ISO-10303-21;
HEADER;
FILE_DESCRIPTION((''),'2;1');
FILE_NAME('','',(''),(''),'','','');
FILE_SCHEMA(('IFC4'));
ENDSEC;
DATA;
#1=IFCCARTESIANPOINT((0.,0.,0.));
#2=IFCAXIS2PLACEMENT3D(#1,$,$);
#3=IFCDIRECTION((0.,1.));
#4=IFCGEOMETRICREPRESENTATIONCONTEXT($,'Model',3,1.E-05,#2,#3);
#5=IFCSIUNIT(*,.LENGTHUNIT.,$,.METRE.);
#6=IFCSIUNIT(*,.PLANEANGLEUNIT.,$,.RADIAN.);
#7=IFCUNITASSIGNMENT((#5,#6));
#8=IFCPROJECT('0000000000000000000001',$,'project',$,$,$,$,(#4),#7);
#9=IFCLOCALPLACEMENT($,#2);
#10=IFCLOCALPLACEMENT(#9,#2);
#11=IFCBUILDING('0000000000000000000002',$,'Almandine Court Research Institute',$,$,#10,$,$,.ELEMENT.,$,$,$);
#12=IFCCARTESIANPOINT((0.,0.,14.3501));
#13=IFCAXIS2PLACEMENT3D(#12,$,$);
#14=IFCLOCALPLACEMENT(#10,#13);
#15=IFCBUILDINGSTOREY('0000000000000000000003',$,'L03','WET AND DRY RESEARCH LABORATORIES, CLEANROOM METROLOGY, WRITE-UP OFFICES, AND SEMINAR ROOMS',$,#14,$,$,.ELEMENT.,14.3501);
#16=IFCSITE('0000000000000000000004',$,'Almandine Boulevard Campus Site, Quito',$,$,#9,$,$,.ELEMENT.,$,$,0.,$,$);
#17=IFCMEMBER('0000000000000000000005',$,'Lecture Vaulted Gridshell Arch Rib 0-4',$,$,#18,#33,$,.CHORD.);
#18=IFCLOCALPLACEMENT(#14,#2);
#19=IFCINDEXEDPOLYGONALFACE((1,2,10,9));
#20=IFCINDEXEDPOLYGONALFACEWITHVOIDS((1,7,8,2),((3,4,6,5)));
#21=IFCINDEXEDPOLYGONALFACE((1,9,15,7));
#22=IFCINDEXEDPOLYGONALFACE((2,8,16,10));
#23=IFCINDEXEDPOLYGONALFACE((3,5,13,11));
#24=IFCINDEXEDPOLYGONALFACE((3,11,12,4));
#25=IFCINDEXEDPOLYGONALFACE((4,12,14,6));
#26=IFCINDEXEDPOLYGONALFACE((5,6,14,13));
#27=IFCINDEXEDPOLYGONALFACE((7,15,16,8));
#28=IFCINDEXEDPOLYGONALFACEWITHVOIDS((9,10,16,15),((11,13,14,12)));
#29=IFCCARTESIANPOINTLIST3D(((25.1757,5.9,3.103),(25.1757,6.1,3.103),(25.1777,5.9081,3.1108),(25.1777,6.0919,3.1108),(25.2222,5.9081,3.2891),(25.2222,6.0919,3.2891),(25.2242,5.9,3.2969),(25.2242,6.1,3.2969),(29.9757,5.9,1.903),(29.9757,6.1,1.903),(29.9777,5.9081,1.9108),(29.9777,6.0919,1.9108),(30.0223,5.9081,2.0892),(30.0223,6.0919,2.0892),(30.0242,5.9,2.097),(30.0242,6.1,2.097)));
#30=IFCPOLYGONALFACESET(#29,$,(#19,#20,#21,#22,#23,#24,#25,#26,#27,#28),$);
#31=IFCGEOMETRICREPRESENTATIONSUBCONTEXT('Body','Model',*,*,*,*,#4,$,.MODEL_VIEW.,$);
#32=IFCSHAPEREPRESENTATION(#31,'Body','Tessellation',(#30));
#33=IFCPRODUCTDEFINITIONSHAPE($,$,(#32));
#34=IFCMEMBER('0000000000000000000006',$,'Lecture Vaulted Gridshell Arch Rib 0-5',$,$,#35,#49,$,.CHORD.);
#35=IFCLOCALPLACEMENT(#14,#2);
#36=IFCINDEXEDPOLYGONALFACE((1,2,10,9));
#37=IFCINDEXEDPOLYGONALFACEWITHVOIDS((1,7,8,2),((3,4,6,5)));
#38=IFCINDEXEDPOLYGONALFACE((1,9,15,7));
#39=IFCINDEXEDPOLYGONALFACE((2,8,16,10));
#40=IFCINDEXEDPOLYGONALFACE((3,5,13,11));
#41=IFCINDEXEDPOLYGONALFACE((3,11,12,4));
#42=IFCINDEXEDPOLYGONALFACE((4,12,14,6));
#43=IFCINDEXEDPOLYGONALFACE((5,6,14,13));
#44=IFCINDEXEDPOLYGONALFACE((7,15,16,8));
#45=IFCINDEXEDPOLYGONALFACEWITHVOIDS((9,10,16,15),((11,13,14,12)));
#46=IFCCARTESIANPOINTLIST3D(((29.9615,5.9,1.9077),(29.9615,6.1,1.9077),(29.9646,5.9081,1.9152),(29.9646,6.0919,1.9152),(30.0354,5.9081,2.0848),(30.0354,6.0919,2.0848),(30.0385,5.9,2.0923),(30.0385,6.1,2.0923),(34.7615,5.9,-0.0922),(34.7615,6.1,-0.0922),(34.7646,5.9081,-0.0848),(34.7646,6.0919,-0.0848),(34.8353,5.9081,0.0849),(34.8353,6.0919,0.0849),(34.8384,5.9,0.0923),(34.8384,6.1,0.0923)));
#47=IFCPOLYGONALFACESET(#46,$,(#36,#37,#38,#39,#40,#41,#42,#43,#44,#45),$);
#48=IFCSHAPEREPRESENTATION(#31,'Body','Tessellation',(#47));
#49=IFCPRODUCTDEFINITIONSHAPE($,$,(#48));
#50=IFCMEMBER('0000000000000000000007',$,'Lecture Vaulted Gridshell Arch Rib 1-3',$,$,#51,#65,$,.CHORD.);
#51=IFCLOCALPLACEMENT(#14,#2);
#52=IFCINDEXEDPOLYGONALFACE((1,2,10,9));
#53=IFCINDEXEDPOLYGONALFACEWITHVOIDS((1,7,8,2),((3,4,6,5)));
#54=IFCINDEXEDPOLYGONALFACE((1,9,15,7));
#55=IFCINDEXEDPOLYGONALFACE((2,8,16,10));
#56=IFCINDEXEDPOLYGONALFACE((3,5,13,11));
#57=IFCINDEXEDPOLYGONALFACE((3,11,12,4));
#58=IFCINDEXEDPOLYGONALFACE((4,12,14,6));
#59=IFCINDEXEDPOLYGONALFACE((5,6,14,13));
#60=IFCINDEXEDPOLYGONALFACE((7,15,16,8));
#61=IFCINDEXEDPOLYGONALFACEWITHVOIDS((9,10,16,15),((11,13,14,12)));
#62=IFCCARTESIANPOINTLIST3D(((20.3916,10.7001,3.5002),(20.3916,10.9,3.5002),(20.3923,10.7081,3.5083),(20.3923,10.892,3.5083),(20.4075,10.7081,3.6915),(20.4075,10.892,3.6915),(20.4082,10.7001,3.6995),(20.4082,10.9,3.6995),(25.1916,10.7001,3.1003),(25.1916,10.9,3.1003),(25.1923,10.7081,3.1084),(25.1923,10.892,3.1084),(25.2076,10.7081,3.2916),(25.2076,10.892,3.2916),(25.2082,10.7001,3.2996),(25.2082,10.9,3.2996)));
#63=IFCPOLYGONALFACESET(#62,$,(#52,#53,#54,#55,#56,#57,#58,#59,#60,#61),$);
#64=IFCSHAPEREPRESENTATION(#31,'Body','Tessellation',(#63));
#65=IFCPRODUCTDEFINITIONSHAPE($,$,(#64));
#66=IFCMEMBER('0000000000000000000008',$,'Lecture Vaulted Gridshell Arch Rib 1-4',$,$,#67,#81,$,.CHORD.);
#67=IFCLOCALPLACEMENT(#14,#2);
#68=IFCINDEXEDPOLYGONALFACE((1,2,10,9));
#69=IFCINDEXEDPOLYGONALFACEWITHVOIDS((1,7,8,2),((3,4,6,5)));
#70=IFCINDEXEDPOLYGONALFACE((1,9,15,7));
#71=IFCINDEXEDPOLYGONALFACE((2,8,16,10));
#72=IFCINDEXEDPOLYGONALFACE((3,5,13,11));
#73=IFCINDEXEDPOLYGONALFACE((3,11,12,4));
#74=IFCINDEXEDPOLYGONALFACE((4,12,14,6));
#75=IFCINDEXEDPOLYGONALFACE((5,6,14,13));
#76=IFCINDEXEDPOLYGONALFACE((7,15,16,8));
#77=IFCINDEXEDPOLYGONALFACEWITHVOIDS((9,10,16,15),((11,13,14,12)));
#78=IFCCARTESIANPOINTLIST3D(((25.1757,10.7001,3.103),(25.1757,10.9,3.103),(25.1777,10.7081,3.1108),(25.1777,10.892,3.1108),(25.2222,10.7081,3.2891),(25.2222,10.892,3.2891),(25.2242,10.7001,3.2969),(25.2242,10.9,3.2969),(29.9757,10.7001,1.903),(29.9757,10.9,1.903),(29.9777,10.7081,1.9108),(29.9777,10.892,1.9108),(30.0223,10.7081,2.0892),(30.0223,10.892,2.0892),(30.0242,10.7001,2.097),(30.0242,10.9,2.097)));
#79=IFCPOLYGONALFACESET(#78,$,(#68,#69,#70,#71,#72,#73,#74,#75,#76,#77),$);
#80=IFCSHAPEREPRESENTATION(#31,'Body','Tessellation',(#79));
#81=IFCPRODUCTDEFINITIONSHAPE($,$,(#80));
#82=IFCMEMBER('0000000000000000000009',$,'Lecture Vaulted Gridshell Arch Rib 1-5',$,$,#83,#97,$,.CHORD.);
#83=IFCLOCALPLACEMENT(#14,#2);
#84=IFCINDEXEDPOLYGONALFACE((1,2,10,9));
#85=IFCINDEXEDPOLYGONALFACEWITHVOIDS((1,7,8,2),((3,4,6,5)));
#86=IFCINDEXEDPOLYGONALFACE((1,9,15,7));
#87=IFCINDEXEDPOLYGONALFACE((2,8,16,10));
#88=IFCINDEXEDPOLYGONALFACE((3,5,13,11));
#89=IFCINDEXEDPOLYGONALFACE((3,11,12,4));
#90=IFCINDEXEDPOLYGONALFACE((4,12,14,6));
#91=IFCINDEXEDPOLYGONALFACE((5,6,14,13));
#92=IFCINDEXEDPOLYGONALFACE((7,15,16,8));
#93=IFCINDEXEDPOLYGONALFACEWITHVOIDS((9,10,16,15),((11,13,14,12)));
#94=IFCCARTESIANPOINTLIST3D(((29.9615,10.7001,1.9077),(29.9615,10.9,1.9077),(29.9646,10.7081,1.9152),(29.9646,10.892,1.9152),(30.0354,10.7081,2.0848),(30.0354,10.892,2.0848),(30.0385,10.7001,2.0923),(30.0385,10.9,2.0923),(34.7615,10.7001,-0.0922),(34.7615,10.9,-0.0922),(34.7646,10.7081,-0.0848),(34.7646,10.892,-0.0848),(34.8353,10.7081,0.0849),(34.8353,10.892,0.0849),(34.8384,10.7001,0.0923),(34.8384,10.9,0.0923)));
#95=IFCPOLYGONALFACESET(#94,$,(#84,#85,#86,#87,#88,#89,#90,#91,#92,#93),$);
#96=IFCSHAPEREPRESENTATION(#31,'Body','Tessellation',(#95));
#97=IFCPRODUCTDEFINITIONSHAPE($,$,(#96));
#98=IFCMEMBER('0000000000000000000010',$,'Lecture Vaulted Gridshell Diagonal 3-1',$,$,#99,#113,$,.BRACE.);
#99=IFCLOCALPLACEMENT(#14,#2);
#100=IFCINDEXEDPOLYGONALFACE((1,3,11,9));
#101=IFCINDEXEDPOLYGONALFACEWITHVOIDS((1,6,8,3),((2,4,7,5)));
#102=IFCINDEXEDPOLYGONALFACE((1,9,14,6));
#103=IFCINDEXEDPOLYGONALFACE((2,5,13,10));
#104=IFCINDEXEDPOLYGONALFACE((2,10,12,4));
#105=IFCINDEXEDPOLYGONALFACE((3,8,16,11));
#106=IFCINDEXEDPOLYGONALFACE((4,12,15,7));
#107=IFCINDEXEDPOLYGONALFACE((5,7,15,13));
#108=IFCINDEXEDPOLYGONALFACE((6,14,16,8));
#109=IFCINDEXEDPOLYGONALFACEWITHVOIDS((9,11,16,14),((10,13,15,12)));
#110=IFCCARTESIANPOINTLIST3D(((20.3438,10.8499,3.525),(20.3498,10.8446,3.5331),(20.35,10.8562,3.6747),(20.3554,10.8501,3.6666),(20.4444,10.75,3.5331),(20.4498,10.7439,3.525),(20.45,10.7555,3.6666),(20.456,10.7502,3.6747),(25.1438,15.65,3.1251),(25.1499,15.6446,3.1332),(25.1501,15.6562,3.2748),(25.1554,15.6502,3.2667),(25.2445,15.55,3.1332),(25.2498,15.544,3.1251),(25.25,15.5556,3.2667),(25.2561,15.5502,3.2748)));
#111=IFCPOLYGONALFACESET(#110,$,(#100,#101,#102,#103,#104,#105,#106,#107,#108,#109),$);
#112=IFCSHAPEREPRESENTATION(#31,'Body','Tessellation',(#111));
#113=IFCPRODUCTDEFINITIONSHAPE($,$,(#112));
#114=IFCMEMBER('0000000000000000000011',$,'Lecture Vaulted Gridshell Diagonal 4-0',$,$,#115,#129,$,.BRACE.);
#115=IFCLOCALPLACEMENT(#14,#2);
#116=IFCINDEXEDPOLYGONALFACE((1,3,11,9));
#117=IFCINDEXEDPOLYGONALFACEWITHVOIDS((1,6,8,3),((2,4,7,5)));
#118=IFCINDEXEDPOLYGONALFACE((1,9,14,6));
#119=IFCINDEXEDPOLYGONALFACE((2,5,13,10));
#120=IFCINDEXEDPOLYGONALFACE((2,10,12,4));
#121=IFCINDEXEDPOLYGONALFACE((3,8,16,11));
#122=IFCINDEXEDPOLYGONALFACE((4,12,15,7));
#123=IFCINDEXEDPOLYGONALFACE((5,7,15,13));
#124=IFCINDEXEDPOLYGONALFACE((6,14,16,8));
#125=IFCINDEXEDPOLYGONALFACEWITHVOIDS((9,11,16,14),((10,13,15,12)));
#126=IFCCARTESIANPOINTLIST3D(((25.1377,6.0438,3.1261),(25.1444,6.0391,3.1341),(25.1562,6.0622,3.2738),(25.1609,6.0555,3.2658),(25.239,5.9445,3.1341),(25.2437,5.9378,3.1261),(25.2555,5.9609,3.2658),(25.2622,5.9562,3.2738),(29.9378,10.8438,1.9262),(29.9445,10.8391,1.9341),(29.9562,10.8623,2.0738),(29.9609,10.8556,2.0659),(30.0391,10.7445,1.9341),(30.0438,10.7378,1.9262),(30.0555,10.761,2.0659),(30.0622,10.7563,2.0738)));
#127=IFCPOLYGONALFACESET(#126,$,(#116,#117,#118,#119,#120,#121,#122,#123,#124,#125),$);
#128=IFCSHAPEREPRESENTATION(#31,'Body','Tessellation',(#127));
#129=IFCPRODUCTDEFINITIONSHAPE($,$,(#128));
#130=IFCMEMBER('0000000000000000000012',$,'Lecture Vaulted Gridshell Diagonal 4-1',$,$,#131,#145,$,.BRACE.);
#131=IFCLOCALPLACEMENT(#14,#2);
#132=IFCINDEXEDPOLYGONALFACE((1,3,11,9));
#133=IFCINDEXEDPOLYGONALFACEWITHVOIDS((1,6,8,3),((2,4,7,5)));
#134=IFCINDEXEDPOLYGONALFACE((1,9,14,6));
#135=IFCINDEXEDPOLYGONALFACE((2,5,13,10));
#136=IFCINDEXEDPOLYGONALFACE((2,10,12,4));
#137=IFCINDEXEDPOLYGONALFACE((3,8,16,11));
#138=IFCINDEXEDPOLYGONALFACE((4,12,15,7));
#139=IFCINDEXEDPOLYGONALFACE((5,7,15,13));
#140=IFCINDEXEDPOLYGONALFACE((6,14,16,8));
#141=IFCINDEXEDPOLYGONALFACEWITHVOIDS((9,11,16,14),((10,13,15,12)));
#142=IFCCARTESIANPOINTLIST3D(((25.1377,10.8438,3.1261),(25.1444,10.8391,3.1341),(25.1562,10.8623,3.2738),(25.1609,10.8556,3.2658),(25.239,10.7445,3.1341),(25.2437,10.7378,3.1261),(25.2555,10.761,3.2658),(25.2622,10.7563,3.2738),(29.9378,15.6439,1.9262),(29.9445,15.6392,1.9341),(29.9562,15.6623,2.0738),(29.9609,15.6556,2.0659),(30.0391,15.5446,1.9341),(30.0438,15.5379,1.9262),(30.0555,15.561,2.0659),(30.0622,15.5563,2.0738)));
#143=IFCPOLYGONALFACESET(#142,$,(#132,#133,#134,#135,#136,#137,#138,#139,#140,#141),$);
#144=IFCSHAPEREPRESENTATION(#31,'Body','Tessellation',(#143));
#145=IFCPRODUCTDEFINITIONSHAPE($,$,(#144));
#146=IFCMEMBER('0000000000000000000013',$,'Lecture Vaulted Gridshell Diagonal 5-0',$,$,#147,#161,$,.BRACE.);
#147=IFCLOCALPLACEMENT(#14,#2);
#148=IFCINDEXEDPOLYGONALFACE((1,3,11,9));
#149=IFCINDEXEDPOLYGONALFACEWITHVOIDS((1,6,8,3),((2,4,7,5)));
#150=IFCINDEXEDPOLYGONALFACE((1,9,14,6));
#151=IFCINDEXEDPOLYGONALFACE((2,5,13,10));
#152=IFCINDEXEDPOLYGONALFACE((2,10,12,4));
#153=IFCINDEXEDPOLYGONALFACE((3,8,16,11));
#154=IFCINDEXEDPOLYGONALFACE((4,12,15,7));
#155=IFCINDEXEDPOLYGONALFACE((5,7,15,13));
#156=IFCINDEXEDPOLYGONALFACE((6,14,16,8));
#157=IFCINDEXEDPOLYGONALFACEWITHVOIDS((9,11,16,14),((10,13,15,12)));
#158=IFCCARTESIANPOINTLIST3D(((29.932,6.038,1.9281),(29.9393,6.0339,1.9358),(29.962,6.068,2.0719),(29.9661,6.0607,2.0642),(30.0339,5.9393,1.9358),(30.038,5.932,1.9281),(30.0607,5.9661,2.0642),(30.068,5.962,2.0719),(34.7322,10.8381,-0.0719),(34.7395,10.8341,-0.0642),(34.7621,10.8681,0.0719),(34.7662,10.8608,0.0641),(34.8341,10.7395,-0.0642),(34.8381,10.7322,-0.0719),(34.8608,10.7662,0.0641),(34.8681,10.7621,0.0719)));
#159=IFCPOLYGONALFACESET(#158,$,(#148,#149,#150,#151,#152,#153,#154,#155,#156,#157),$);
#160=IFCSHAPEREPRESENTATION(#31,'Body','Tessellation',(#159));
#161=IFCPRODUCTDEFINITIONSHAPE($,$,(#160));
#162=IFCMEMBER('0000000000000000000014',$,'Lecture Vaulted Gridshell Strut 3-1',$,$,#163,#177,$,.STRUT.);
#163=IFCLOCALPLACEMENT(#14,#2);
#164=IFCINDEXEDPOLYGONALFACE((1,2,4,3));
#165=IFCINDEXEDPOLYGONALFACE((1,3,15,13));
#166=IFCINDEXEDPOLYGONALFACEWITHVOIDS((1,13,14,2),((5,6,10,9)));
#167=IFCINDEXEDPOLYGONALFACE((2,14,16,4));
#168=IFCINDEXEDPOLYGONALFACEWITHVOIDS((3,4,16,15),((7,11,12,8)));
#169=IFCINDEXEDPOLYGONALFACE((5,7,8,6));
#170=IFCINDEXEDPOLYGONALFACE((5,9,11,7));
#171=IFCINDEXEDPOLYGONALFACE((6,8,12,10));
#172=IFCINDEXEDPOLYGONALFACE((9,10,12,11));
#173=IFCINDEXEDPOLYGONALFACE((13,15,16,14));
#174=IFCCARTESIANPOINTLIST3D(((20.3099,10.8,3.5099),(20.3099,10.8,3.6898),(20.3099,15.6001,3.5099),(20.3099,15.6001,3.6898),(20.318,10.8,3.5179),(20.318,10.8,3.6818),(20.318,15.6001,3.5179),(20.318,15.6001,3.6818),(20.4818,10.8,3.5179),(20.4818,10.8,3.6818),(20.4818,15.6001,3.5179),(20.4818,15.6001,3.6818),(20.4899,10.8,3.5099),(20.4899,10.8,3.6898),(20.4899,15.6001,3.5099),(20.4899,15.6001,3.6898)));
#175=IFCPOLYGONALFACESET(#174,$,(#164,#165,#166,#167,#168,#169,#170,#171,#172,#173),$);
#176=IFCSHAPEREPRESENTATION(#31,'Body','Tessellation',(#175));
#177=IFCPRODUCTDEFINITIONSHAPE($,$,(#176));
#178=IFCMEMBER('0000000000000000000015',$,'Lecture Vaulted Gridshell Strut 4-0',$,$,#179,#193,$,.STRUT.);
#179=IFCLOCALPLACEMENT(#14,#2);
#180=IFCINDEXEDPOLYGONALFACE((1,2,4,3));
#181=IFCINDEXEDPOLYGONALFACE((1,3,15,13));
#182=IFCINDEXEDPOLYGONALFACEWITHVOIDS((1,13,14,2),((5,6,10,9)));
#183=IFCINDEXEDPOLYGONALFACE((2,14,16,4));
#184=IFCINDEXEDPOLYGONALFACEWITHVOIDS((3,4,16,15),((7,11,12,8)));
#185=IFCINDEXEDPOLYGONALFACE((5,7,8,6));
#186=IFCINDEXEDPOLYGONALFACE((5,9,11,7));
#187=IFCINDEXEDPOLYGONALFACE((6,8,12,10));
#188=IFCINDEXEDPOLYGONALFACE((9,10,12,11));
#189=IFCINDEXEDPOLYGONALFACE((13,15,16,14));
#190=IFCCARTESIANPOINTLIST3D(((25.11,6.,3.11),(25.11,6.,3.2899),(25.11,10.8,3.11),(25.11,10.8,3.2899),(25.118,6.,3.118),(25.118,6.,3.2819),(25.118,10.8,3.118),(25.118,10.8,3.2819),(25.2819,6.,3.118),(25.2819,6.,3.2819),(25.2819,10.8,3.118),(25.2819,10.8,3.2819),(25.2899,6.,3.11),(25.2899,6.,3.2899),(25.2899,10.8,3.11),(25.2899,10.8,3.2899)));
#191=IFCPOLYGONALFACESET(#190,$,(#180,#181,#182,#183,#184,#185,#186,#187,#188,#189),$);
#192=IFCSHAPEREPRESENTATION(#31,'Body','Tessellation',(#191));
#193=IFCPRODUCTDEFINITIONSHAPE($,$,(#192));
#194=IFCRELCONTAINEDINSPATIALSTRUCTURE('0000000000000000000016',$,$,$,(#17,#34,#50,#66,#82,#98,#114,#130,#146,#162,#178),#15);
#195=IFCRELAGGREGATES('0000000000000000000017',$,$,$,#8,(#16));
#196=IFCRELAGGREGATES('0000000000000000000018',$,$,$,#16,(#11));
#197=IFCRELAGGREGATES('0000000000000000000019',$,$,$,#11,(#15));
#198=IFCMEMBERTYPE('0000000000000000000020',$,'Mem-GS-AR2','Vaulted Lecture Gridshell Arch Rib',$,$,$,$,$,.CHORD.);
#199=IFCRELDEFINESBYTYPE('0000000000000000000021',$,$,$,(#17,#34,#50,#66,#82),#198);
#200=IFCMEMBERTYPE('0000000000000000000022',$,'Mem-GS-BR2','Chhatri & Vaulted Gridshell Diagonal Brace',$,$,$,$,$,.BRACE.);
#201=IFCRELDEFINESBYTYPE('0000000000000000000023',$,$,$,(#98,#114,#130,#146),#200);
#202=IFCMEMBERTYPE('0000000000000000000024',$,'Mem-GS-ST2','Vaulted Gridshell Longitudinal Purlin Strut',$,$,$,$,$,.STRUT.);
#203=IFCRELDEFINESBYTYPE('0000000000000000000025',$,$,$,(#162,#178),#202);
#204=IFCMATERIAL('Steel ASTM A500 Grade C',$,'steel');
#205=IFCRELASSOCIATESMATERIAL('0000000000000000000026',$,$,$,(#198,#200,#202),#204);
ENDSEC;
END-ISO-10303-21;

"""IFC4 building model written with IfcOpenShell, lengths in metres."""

from ifc_helpers import new_model, si_unit, direction, frame, origin, origin_2d, place, context, subcontext, project, spatial, hollow_rectangle, extrude, material, material_profile, profile_set, type_object, element, save


model = new_model("IFC4")

# Units and contexts
model_context = context("Model", 3, precision=1e-05, world=origin(), true_north=direction((0.0, 1.0)))
body_context = subcontext(model_context, "Body", "Model", "MODEL_VIEW")
ifc_project = project(units=[si_unit("LENGTHUNIT", "METRE"), si_unit("PLANEANGLEUNIT", "RADIAN")], contexts=[model_context])

# Site, building, storey
site_placement = place(None, origin())
site = spatial("IfcSite", under=ifc_project, at=site_placement, Name="Almandine Boulevard Campus Site, Quito", CompositionType="ELEMENT", RefElevation=0.0)
building_placement = place(site_placement, origin())
building = spatial("IfcBuilding", under=site, at=building_placement, Name="Almandine Court Research Institute", CompositionType="ELEMENT")
storey_placement = place(building_placement, frame((0.0, 0.0, 14.3501)))
storey = spatial("IfcBuildingStorey", under=building, at=storey_placement, Name="L03", Description="WET AND DRY RESEARCH LABORATORIES, CLEANROOM METROLOGY, WRITE-UP OFFICES, AND SEMINAR ROOMS", CompositionType="ELEMENT", Elevation=14.3501)

# Members
ifc_material_1 = material(Name="Steel ASTM A500 Grade C", Category="steel")
ifc_material_profile_1 = material_profile(ifc_material_1, hollow_rectangle(XDim=0.2, YDim=0.2, WallThickness=0.0081, at=origin_2d()), Name="HSS 200x200x8")
ifc_profile_set_1 = profile_set([ifc_material_profile_1], Name="Steel ASTM A500 Grade C")
member_type_1 = type_object("IfcMemberType", Name="Mem-GS-AR2", Description="Vaulted Lecture Gridshell Arch Rib", PredefinedType="CHORD", material=ifc_profile_set_1)
member_1_placement = place(storey_placement, frame((25.2, 6.0, 3.2), z_axis=(0.970145, 0.0, -0.242524), x_axis=(0.0, 1.0, 0.0)))
element("IfcMember", 1, at=member_1_placement, inside=storey, type_object=member_type_1, Name="Lecture Vaulted Gridshell Arch Rib 0-4", PredefinedType="CHORD", context=body_context, shape_type="SweptSolid", body=[
    extrude(hollow_rectangle(XDim=0.2, YDim=0.2, WallThickness=0.0081, at=origin_2d()), origin(), (0.0, 0.0, 1.0), 4.9478),
])
member_2_placement = place(storey_placement, frame((30.0, 6.0, 2.0), z_axis=(0.923078, 0.0, -0.384612), x_axis=(0.0, 1.0, 0.0)))
element("IfcMember", 2, at=member_2_placement, inside=storey, type_object=member_type_1, Name="Lecture Vaulted Gridshell Arch Rib 0-5", PredefinedType="CHORD", context=body_context, shape_type="SweptSolid", body=[
    extrude(hollow_rectangle(XDim=0.2, YDim=0.2, WallThickness=0.0081, at=origin_2d()), origin(), (0.0, 0.0, 1.0), 5.2),
])
member_3_placement = place(storey_placement, frame((20.3999, 10.8, 3.5999), z_axis=(0.996548, 0.0, -0.083025), x_axis=(0.0, 1.0, 0.0)))
element("IfcMember", 3, at=member_3_placement, inside=storey, type_object=member_type_1, Name="Lecture Vaulted Gridshell Arch Rib 1-3", PredefinedType="CHORD", context=body_context, shape_type="SweptSolid", body=[
    extrude(hollow_rectangle(XDim=0.2, YDim=0.2, WallThickness=0.0081, at=origin_2d()), origin(), (0.0, 0.0, 1.0), 4.8167),
])
member_4_placement = place(storey_placement, frame((25.2, 10.8, 3.2), z_axis=(0.970145, 0.0, -0.242524), x_axis=(0.0, 1.0, 0.0)))
element("IfcMember", 4, at=member_4_placement, inside=storey, type_object=member_type_1, Name="Lecture Vaulted Gridshell Arch Rib 1-4", PredefinedType="CHORD", context=body_context, shape_type="SweptSolid", body=[
    extrude(hollow_rectangle(XDim=0.2, YDim=0.2, WallThickness=0.0081, at=origin_2d()), origin(), (0.0, 0.0, 1.0), 4.9478),
])
member_5_placement = place(storey_placement, frame((30.0, 10.8, 2.0), z_axis=(0.923078, 0.0, -0.384612), x_axis=(0.0, 1.0, 0.0)))
element("IfcMember", 5, at=member_5_placement, inside=storey, type_object=member_type_1, Name="Lecture Vaulted Gridshell Arch Rib 1-5", PredefinedType="CHORD", context=body_context, shape_type="SweptSolid", body=[
    extrude(hollow_rectangle(XDim=0.2, YDim=0.2, WallThickness=0.0081, at=origin_2d()), origin(), (0.0, 0.0, 1.0), 5.2),
])
ifc_material_profile_2 = material_profile(ifc_material_1, hollow_rectangle(XDim=0.1499, YDim=0.1499, WallThickness=0.0081, at=origin_2d()), Name="HSS 150x150x8")
ifc_profile_set_2 = profile_set([ifc_material_profile_2], Name="Steel ASTM A500 Grade C")
member_type_2 = type_object("IfcMemberType", Name="Mem-GS-BR2", Description="Chhatri & Vaulted Gridshell Diagonal Brace", PredefinedType="BRACE", material=ifc_profile_set_2)
member_6_placement = place(storey_placement, frame((20.3999, 10.8, 3.5999), z_axis=(0.705883, 0.705883, -0.058809), x_axis=(-0.707107, 0.707107, 0.0)))
element("IfcMember", 6, at=member_6_placement, inside=storey, type_object=member_type_2, Name="Lecture Vaulted Gridshell Diagonal 3-1", PredefinedType="BRACE", context=body_context, shape_type="SweptSolid", body=[
    extrude(hollow_rectangle(XDim=0.1499, YDim=0.1499, WallThickness=0.0081, at=origin_2d()), origin(), (0.0, 0.0, 1.0), 6.8),
])
for number, where, z_axis, x_axis, name in (
    (7, (25.2, 6.0, 3.2), (0.696312, 0.696312, -0.174069), (-0.707107, 0.707107, 0.0), "Lecture Vaulted Gridshell Diagonal 4-0"),
    (8, (25.2, 10.8, 3.2), (0.696312, 0.696312, -0.174069), (-0.707107, 0.707107, 0.0), "Lecture Vaulted Gridshell Diagonal 4-1"),
):
    element("IfcMember", number, at=place(storey_placement, frame(where, z_axis=z_axis, x_axis=x_axis)), inside=storey, type_object=member_type_2, Name=name, PredefinedType="BRACE", context=body_context, shape_type="SweptSolid", body=[
        extrude(hollow_rectangle(XDim=0.1499, YDim=0.1499, WallThickness=0.0081, at=origin_2d()), origin(), (0.0, 0.0, 1.0), 6.8936),
    ])
member_7_placement = place(storey_placement, frame((30.0, 6.0, 2.0), z_axis=(0.678281, 0.678281, -0.282614), x_axis=(-0.707107, 0.707107, 0.0)))
element("IfcMember", 9, at=member_7_placement, inside=storey, type_object=member_type_2, Name="Lecture Vaulted Gridshell Diagonal 5-0", PredefinedType="BRACE", context=body_context, shape_type="SweptSolid", body=[
    extrude(hollow_rectangle(XDim=0.1499, YDim=0.1499, WallThickness=0.0081, at=origin_2d()), origin(), (0.0, 0.0, 1.0), 7.0769),
])
ifc_material_profile_3 = material_profile(ifc_material_1, hollow_rectangle(XDim=0.1799, YDim=0.1799, WallThickness=0.0081, at=origin_2d()), Name="HSS 180x180x8")
ifc_profile_set_3 = profile_set([ifc_material_profile_3], Name="Steel ASTM A500 Grade C")
member_type_3 = type_object("IfcMemberType", Name="Mem-GS-ST2", Description="Vaulted Gridshell Longitudinal Purlin Strut", PredefinedType="STRUT", material=ifc_profile_set_3)
for number, where, z_axis, x_axis, name in (
    (10, (20.3999, 10.8, 3.5999), (0.0, 1.0, 0.0), (-1.0, 0.0, 0.0), "Lecture Vaulted Gridshell Strut 3-1"),
    (11, (25.2, 6.0, 3.2), (0.0, 1.0, 0.0), (-1.0, 0.0, 0.0), "Lecture Vaulted Gridshell Strut 4-0"),
):
    element("IfcMember", number, at=place(storey_placement, frame(where, z_axis=z_axis, x_axis=x_axis)), inside=storey, type_object=member_type_3, Name=name, PredefinedType="STRUT", context=body_context, shape_type="SweptSolid", body=[
        extrude(hollow_rectangle(XDim=0.1799, YDim=0.1799, WallThickness=0.0081, at=origin_2d()), origin(), (0.0, 0.0, 1.0), 4.8),
    ])

save(model, "model.ifc")
